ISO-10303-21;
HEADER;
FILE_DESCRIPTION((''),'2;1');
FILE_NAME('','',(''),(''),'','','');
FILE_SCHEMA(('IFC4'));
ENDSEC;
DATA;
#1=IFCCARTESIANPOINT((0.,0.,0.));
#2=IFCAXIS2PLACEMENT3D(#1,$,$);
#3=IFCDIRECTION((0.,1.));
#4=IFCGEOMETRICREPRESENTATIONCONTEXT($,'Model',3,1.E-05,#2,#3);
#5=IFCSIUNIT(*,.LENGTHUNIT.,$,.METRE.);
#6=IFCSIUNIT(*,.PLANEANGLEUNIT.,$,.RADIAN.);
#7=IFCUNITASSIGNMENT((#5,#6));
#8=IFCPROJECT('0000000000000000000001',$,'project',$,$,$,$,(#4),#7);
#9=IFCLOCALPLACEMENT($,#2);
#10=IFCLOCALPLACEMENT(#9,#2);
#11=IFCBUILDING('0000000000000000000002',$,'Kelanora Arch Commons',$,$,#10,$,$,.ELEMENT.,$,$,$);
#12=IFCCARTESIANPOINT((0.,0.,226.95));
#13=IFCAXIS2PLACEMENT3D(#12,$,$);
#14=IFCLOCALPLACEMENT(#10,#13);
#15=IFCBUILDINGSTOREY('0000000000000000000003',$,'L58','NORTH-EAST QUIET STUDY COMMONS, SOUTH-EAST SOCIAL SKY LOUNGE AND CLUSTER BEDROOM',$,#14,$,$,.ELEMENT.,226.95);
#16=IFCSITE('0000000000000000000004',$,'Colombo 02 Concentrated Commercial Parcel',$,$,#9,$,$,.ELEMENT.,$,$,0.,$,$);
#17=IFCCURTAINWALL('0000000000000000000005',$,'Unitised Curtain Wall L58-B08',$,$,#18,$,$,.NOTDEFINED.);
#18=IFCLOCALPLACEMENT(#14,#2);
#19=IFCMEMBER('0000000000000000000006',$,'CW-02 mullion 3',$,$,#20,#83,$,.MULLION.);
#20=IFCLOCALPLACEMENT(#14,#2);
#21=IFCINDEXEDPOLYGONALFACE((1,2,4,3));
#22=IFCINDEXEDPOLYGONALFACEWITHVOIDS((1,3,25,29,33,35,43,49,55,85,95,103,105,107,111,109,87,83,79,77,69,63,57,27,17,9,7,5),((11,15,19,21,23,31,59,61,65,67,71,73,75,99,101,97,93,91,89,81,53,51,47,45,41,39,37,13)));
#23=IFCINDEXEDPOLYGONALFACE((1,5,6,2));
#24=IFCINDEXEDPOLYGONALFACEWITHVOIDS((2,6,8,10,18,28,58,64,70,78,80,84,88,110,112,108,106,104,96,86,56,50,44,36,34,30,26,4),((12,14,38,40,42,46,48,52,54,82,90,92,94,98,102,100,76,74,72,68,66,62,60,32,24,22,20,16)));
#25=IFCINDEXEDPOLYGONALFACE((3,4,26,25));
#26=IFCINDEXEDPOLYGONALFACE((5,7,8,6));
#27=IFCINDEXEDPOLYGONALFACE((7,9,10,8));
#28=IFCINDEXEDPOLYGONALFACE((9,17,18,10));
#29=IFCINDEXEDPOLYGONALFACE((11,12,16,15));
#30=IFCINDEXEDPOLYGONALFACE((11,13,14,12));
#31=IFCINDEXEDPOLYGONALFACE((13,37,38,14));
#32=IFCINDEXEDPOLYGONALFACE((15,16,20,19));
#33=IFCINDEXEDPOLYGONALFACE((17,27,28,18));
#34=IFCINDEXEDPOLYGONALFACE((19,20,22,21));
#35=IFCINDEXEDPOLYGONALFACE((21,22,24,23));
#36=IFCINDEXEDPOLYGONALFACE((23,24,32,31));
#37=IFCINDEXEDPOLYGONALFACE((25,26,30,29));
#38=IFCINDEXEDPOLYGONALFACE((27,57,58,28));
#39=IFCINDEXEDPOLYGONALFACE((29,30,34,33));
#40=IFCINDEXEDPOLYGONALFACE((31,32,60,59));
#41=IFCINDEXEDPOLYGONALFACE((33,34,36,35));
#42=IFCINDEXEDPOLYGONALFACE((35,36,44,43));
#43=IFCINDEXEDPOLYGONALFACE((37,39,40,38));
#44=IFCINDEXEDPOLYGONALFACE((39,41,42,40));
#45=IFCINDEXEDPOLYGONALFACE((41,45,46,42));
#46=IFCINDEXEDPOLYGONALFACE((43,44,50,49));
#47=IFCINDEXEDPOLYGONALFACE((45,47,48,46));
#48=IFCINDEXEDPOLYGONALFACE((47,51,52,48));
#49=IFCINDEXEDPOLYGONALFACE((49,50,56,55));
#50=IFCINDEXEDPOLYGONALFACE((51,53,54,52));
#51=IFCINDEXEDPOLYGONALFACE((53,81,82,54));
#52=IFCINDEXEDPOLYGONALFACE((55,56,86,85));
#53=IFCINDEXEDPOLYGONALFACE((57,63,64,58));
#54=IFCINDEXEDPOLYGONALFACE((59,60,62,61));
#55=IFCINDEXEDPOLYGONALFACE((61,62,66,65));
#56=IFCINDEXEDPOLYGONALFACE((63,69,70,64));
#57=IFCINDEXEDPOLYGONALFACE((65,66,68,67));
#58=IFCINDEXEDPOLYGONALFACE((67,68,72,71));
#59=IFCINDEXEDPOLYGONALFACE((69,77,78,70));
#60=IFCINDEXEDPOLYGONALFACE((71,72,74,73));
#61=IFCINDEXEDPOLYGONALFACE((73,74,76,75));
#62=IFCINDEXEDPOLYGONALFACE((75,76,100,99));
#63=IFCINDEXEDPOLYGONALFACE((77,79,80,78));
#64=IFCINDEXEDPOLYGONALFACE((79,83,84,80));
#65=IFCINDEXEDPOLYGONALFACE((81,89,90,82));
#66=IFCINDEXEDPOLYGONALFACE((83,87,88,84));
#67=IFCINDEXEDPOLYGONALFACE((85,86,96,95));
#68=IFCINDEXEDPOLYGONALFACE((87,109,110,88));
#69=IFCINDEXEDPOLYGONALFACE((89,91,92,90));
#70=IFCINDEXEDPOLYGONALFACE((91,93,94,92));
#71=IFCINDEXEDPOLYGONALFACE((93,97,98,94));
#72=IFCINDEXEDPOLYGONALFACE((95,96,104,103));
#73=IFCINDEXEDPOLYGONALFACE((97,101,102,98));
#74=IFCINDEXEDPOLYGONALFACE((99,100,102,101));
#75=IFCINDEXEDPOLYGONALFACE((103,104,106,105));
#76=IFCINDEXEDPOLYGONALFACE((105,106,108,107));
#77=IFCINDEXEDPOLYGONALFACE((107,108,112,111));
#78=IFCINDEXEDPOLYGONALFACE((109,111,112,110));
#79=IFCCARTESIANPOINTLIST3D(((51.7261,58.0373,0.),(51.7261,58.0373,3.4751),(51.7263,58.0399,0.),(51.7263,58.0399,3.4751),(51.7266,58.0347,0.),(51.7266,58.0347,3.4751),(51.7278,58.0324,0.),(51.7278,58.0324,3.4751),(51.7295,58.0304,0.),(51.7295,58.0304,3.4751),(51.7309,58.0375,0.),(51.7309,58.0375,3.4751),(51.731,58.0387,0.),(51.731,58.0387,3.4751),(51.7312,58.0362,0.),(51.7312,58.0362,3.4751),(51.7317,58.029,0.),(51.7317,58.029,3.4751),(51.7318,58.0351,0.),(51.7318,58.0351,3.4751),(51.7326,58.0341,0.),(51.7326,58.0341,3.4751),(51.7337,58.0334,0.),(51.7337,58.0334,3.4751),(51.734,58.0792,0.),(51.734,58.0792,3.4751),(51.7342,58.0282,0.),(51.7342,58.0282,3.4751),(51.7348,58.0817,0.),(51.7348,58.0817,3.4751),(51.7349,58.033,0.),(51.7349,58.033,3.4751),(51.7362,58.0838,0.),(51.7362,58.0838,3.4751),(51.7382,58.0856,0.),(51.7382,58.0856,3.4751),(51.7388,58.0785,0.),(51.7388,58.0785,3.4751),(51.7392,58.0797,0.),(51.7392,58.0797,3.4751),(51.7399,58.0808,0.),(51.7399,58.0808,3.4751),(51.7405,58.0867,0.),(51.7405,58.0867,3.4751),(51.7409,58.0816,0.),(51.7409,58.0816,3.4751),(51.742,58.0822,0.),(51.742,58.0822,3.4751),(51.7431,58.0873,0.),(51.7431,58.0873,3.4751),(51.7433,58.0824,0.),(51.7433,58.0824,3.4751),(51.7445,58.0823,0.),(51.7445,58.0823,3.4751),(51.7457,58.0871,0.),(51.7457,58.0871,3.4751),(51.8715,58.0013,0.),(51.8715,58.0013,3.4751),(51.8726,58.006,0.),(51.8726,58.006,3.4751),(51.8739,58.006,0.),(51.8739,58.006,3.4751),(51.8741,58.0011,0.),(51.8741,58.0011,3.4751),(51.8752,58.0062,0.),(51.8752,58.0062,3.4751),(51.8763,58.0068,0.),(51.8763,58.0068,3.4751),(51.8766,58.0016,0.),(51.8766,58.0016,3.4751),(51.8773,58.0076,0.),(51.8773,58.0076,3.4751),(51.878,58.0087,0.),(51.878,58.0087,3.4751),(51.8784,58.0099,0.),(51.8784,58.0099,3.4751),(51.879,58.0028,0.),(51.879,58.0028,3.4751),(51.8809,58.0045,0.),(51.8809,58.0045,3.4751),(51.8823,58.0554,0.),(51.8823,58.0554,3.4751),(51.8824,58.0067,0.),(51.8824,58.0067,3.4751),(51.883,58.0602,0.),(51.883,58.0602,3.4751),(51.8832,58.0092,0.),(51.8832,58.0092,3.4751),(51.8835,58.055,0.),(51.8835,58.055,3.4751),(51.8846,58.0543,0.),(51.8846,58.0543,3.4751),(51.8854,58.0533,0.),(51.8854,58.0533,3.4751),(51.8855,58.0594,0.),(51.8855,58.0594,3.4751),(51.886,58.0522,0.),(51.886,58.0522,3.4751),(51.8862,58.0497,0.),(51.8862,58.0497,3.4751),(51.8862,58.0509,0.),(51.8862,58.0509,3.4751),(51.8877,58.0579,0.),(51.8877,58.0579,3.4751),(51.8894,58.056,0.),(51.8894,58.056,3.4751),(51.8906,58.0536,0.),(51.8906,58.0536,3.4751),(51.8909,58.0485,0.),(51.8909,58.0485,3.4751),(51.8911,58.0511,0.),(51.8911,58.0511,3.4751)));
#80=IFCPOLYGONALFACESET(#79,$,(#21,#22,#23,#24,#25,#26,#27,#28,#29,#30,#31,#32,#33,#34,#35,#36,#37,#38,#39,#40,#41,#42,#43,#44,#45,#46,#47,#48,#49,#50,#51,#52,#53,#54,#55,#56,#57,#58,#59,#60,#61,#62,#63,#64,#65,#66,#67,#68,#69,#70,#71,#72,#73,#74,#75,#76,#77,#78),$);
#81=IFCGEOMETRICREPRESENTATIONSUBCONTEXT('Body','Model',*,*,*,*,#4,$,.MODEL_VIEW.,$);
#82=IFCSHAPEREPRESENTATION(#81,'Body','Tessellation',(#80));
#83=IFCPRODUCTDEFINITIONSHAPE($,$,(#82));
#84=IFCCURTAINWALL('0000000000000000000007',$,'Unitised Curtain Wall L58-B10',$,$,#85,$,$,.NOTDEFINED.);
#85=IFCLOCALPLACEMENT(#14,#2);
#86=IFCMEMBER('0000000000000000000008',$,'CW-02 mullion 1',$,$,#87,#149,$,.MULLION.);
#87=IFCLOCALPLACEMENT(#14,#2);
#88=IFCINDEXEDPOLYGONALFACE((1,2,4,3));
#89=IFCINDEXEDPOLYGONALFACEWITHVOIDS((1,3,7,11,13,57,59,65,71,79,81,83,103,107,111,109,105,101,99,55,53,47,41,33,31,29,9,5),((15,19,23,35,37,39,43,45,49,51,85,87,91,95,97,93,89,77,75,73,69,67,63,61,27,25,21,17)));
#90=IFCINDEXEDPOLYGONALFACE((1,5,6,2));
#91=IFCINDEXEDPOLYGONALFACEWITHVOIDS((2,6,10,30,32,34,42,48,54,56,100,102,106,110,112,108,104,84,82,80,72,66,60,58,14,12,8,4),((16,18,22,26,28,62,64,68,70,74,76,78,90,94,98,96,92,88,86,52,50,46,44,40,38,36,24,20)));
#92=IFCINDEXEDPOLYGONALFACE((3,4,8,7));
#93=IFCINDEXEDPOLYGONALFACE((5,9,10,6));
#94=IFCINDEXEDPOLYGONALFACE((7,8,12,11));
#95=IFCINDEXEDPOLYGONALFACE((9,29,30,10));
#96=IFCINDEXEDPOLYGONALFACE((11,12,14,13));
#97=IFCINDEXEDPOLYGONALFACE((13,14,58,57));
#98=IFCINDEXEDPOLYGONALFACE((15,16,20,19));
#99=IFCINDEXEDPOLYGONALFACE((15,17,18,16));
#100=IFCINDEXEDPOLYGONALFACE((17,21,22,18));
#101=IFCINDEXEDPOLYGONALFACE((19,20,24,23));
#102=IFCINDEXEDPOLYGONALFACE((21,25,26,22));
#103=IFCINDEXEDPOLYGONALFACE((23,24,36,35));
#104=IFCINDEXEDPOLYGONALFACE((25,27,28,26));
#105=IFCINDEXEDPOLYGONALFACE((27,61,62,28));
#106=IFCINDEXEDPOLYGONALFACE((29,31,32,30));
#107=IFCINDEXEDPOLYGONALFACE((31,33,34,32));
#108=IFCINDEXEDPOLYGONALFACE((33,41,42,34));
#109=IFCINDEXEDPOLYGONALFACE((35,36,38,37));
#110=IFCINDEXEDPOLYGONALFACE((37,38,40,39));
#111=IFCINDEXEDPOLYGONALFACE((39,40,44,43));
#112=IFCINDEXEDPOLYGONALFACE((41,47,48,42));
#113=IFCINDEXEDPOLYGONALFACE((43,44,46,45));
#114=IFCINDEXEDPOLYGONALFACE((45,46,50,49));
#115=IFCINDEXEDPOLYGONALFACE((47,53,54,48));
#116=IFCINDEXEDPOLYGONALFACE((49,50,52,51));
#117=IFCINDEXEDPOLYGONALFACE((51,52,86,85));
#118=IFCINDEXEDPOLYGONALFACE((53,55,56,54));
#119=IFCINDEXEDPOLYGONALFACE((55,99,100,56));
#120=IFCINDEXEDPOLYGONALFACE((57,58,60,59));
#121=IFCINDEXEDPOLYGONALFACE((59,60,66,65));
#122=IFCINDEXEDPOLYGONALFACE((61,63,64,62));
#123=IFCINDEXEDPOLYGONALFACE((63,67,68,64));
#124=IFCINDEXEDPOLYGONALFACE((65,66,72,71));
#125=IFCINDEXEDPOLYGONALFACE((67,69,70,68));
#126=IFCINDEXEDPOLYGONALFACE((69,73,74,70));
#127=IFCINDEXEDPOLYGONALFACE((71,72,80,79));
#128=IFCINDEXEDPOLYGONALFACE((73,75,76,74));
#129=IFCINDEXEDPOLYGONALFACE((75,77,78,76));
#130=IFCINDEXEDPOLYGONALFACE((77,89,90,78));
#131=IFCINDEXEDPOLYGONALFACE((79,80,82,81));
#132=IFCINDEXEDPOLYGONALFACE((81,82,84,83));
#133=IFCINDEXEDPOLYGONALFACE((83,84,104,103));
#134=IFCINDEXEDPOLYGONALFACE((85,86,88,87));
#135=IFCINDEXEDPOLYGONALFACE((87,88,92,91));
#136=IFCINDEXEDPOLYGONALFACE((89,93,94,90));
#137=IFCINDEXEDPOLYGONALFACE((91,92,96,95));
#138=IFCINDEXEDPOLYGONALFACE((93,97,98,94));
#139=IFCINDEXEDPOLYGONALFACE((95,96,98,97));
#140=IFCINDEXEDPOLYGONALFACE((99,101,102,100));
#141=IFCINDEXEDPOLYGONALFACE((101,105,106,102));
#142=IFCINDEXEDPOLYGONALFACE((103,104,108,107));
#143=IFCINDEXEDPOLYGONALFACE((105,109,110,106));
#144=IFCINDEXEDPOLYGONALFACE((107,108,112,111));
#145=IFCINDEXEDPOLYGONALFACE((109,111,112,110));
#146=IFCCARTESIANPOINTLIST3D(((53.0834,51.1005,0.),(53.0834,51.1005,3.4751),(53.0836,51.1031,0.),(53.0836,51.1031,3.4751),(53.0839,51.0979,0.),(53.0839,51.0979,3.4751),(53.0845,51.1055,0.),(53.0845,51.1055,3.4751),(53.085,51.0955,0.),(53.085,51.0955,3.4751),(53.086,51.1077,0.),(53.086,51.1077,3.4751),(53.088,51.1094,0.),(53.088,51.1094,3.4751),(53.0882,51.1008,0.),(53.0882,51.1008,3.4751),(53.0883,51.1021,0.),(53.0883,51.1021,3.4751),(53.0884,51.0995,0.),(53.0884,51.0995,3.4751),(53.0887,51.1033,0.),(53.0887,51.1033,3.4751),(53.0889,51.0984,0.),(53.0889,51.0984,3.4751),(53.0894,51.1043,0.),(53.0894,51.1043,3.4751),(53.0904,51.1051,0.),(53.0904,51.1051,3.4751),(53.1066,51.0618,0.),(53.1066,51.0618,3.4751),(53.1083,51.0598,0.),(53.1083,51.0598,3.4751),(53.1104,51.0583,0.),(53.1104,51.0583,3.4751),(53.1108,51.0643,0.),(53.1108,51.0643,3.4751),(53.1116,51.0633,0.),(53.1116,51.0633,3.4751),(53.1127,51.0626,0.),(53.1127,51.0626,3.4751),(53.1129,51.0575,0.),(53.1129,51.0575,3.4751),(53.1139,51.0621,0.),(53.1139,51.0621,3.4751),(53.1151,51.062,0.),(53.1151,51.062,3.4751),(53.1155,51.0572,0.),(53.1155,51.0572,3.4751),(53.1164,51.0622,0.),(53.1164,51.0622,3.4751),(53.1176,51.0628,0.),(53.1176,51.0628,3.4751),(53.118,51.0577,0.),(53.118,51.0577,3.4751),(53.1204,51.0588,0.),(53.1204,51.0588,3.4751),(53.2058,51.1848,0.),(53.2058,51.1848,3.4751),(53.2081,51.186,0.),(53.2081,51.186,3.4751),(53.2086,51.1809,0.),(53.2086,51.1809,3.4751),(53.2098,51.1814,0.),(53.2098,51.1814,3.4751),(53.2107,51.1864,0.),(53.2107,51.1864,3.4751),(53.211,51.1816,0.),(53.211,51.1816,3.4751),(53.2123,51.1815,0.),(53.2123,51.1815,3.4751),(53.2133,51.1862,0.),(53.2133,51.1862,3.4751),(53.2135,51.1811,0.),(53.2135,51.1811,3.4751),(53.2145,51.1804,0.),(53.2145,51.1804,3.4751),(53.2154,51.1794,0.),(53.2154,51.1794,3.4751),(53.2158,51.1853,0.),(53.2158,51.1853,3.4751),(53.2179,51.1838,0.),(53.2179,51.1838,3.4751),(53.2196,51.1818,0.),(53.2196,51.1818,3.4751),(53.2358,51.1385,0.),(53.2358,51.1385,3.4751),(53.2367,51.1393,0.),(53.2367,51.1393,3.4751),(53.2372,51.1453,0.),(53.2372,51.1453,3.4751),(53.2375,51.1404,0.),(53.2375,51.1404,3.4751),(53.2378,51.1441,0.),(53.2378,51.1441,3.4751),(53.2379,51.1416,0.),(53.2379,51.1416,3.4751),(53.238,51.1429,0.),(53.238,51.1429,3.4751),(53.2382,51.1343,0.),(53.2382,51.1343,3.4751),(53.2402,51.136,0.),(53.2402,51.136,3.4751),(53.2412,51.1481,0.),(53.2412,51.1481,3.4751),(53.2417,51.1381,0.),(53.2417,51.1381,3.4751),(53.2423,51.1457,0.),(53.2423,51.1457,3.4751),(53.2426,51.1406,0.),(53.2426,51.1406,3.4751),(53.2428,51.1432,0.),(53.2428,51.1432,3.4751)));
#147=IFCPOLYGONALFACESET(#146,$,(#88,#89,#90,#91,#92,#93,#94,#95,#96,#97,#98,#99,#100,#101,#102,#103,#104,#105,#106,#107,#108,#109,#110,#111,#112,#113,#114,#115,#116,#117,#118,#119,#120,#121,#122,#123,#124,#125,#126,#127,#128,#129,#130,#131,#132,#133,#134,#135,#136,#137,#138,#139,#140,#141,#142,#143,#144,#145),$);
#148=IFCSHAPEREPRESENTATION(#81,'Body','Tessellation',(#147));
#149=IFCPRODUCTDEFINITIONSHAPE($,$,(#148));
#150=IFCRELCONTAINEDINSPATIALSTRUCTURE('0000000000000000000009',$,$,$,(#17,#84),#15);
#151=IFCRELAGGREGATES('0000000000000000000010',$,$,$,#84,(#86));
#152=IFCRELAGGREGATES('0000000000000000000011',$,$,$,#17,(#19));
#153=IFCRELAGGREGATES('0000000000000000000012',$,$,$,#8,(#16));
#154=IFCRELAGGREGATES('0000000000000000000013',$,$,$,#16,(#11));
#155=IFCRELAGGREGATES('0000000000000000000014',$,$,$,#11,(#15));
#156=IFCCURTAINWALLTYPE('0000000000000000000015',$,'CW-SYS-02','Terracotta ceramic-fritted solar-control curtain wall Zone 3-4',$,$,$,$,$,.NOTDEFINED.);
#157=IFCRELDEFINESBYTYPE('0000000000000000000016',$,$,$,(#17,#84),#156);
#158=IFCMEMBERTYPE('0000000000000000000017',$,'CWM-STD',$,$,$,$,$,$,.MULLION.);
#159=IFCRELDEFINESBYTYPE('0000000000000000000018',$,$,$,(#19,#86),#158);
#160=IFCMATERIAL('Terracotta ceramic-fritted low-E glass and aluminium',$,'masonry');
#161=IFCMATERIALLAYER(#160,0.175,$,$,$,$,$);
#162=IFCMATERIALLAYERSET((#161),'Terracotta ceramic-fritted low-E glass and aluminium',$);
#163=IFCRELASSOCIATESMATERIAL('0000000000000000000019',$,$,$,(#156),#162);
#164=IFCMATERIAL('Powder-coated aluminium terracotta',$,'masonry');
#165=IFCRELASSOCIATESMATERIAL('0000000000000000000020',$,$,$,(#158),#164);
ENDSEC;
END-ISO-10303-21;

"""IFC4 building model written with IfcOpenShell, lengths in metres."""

from ifc_helpers import new_model, si_unit, direction, frame, origin, origin_2d, place, context, subcontext, project, spatial, hollow_rectangle, extrude, material, layer, layer_set, material_profile, profile_set, type_object, element, aggregate, save


model = new_model("IFC4")

# Units and contexts
model_context = context("Model", 3, precision=1e-05, world=origin(), true_north=direction((0.0, 1.0)))
body_context = subcontext(model_context, "Body", "Model", "MODEL_VIEW")
ifc_project = project(units=[si_unit("LENGTHUNIT", "METRE"), si_unit("PLANEANGLEUNIT", "RADIAN")], contexts=[model_context])

# Site, building, storey
site_placement = place(None, origin())
site = spatial("IfcSite", under=ifc_project, at=site_placement, Name="Colombo 02 Concentrated Commercial Parcel", CompositionType="ELEMENT", RefElevation=0.0)
building_placement = place(site_placement, origin())
building = spatial("IfcBuilding", under=site, at=building_placement, Name="Kelanora Arch Commons", CompositionType="ELEMENT")
storey_placement = place(building_placement, frame((0.0, 0.0, 226.95)))
storey = spatial("IfcBuildingStorey", under=building, at=storey_placement, Name="L58", Description="NORTH-EAST QUIET STUDY COMMONS, SOUTH-EAST SOCIAL SKY LOUNGE AND CLUSTER BEDROOM", CompositionType="ELEMENT", Elevation=226.95)

# Curtain wall, member
ifc_material_1 = material(Name="Terracotta ceramic-fritted low-E glass and aluminium", Category="masonry")
ifc_layer_1 = layer(ifc_material_1, 0.175)
ifc_layer_set_1 = layer_set([ifc_layer_1], Name="Terracotta ceramic-fritted low-E glass and aluminium")
curtain_wall_type = type_object("IfcCurtainWallType", Name="CW-SYS-02", Description="Terracotta ceramic-fritted solar-control curtain wall Zone 3-4", PredefinedType="NOTDEFINED", material=ifc_layer_set_1)
curtain_wall_1_placement = place(storey_placement, origin())
curtain_wall_1 = element("IfcCurtainWall", 1, at=curtain_wall_1_placement, inside=storey, type_object=curtain_wall_type, Name="Unitised Curtain Wall L58-B08", PredefinedType="NOTDEFINED")
ifc_material_2 = material(Name="Powder-coated aluminium terracotta", Category="masonry")
ifc_material_profile_1 = material_profile(ifc_material_2, hollow_rectangle(XDim=0.1599, YDim=0.0601, WallThickness=0.0049, InnerFilletRadius=0.0049, OuterFilletRadius=0.01, at=origin_2d()), Name="CWM160x60")
ifc_profile_set_1 = profile_set([ifc_material_profile_1], Name="Powder-coated aluminium terracotta")
member_type_1 = type_object("IfcMemberType", Name="CWM-STD", PredefinedType="MULLION", material=ifc_profile_set_1)
member_1_placement = place(storey_placement, frame((51.8086, 58.0442, 0.0), z_axis=(0.0, 0.0, 1.0), x_axis=(0.981381, -0.192069, 0.0)))
member_1 = element("IfcMember", 2, at=member_1_placement, type_object=member_type_1, Name="CW-02 mullion 3", PredefinedType="MULLION", context=body_context, shape_type="SweptSolid", body=[
    extrude(hollow_rectangle(XDim=0.1599, YDim=0.0601, WallThickness=0.0049, InnerFilletRadius=0.0049, OuterFilletRadius=0.01, at=origin_2d()), origin(), (0.0, 0.0, 1.0), 3.4751),
])

# Curtain wall, member
curtain_wall_2_placement = place(storey_placement, origin())
curtain_wall_2 = element("IfcCurtainWall", 3, at=curtain_wall_2_placement, inside=storey, type_object=curtain_wall_type, Name="Unitised Curtain Wall L58-B10", PredefinedType="NOTDEFINED")
member_2_placement = place(storey_placement, frame((53.1631, 51.1218, 0.0), z_axis=(0.0, 0.0, 1.0), x_axis=(0.841948, 0.539559, 0.0)))
member_2 = element("IfcMember", 4, at=member_2_placement, type_object=member_type_1, Name="CW-02 mullion 1", PredefinedType="MULLION", context=body_context, shape_type="SweptSolid", body=[
    extrude(hollow_rectangle(XDim=0.1599, YDim=0.0601, WallThickness=0.0049, InnerFilletRadius=0.0049, OuterFilletRadius=0.01, at=origin_2d()), origin(), (0.0, 0.0, 1.0), 3.4751),
])
aggregate(curtain_wall_2, [member_2])

aggregate(curtain_wall_1, [member_1])

save(model, "model.ifc")
